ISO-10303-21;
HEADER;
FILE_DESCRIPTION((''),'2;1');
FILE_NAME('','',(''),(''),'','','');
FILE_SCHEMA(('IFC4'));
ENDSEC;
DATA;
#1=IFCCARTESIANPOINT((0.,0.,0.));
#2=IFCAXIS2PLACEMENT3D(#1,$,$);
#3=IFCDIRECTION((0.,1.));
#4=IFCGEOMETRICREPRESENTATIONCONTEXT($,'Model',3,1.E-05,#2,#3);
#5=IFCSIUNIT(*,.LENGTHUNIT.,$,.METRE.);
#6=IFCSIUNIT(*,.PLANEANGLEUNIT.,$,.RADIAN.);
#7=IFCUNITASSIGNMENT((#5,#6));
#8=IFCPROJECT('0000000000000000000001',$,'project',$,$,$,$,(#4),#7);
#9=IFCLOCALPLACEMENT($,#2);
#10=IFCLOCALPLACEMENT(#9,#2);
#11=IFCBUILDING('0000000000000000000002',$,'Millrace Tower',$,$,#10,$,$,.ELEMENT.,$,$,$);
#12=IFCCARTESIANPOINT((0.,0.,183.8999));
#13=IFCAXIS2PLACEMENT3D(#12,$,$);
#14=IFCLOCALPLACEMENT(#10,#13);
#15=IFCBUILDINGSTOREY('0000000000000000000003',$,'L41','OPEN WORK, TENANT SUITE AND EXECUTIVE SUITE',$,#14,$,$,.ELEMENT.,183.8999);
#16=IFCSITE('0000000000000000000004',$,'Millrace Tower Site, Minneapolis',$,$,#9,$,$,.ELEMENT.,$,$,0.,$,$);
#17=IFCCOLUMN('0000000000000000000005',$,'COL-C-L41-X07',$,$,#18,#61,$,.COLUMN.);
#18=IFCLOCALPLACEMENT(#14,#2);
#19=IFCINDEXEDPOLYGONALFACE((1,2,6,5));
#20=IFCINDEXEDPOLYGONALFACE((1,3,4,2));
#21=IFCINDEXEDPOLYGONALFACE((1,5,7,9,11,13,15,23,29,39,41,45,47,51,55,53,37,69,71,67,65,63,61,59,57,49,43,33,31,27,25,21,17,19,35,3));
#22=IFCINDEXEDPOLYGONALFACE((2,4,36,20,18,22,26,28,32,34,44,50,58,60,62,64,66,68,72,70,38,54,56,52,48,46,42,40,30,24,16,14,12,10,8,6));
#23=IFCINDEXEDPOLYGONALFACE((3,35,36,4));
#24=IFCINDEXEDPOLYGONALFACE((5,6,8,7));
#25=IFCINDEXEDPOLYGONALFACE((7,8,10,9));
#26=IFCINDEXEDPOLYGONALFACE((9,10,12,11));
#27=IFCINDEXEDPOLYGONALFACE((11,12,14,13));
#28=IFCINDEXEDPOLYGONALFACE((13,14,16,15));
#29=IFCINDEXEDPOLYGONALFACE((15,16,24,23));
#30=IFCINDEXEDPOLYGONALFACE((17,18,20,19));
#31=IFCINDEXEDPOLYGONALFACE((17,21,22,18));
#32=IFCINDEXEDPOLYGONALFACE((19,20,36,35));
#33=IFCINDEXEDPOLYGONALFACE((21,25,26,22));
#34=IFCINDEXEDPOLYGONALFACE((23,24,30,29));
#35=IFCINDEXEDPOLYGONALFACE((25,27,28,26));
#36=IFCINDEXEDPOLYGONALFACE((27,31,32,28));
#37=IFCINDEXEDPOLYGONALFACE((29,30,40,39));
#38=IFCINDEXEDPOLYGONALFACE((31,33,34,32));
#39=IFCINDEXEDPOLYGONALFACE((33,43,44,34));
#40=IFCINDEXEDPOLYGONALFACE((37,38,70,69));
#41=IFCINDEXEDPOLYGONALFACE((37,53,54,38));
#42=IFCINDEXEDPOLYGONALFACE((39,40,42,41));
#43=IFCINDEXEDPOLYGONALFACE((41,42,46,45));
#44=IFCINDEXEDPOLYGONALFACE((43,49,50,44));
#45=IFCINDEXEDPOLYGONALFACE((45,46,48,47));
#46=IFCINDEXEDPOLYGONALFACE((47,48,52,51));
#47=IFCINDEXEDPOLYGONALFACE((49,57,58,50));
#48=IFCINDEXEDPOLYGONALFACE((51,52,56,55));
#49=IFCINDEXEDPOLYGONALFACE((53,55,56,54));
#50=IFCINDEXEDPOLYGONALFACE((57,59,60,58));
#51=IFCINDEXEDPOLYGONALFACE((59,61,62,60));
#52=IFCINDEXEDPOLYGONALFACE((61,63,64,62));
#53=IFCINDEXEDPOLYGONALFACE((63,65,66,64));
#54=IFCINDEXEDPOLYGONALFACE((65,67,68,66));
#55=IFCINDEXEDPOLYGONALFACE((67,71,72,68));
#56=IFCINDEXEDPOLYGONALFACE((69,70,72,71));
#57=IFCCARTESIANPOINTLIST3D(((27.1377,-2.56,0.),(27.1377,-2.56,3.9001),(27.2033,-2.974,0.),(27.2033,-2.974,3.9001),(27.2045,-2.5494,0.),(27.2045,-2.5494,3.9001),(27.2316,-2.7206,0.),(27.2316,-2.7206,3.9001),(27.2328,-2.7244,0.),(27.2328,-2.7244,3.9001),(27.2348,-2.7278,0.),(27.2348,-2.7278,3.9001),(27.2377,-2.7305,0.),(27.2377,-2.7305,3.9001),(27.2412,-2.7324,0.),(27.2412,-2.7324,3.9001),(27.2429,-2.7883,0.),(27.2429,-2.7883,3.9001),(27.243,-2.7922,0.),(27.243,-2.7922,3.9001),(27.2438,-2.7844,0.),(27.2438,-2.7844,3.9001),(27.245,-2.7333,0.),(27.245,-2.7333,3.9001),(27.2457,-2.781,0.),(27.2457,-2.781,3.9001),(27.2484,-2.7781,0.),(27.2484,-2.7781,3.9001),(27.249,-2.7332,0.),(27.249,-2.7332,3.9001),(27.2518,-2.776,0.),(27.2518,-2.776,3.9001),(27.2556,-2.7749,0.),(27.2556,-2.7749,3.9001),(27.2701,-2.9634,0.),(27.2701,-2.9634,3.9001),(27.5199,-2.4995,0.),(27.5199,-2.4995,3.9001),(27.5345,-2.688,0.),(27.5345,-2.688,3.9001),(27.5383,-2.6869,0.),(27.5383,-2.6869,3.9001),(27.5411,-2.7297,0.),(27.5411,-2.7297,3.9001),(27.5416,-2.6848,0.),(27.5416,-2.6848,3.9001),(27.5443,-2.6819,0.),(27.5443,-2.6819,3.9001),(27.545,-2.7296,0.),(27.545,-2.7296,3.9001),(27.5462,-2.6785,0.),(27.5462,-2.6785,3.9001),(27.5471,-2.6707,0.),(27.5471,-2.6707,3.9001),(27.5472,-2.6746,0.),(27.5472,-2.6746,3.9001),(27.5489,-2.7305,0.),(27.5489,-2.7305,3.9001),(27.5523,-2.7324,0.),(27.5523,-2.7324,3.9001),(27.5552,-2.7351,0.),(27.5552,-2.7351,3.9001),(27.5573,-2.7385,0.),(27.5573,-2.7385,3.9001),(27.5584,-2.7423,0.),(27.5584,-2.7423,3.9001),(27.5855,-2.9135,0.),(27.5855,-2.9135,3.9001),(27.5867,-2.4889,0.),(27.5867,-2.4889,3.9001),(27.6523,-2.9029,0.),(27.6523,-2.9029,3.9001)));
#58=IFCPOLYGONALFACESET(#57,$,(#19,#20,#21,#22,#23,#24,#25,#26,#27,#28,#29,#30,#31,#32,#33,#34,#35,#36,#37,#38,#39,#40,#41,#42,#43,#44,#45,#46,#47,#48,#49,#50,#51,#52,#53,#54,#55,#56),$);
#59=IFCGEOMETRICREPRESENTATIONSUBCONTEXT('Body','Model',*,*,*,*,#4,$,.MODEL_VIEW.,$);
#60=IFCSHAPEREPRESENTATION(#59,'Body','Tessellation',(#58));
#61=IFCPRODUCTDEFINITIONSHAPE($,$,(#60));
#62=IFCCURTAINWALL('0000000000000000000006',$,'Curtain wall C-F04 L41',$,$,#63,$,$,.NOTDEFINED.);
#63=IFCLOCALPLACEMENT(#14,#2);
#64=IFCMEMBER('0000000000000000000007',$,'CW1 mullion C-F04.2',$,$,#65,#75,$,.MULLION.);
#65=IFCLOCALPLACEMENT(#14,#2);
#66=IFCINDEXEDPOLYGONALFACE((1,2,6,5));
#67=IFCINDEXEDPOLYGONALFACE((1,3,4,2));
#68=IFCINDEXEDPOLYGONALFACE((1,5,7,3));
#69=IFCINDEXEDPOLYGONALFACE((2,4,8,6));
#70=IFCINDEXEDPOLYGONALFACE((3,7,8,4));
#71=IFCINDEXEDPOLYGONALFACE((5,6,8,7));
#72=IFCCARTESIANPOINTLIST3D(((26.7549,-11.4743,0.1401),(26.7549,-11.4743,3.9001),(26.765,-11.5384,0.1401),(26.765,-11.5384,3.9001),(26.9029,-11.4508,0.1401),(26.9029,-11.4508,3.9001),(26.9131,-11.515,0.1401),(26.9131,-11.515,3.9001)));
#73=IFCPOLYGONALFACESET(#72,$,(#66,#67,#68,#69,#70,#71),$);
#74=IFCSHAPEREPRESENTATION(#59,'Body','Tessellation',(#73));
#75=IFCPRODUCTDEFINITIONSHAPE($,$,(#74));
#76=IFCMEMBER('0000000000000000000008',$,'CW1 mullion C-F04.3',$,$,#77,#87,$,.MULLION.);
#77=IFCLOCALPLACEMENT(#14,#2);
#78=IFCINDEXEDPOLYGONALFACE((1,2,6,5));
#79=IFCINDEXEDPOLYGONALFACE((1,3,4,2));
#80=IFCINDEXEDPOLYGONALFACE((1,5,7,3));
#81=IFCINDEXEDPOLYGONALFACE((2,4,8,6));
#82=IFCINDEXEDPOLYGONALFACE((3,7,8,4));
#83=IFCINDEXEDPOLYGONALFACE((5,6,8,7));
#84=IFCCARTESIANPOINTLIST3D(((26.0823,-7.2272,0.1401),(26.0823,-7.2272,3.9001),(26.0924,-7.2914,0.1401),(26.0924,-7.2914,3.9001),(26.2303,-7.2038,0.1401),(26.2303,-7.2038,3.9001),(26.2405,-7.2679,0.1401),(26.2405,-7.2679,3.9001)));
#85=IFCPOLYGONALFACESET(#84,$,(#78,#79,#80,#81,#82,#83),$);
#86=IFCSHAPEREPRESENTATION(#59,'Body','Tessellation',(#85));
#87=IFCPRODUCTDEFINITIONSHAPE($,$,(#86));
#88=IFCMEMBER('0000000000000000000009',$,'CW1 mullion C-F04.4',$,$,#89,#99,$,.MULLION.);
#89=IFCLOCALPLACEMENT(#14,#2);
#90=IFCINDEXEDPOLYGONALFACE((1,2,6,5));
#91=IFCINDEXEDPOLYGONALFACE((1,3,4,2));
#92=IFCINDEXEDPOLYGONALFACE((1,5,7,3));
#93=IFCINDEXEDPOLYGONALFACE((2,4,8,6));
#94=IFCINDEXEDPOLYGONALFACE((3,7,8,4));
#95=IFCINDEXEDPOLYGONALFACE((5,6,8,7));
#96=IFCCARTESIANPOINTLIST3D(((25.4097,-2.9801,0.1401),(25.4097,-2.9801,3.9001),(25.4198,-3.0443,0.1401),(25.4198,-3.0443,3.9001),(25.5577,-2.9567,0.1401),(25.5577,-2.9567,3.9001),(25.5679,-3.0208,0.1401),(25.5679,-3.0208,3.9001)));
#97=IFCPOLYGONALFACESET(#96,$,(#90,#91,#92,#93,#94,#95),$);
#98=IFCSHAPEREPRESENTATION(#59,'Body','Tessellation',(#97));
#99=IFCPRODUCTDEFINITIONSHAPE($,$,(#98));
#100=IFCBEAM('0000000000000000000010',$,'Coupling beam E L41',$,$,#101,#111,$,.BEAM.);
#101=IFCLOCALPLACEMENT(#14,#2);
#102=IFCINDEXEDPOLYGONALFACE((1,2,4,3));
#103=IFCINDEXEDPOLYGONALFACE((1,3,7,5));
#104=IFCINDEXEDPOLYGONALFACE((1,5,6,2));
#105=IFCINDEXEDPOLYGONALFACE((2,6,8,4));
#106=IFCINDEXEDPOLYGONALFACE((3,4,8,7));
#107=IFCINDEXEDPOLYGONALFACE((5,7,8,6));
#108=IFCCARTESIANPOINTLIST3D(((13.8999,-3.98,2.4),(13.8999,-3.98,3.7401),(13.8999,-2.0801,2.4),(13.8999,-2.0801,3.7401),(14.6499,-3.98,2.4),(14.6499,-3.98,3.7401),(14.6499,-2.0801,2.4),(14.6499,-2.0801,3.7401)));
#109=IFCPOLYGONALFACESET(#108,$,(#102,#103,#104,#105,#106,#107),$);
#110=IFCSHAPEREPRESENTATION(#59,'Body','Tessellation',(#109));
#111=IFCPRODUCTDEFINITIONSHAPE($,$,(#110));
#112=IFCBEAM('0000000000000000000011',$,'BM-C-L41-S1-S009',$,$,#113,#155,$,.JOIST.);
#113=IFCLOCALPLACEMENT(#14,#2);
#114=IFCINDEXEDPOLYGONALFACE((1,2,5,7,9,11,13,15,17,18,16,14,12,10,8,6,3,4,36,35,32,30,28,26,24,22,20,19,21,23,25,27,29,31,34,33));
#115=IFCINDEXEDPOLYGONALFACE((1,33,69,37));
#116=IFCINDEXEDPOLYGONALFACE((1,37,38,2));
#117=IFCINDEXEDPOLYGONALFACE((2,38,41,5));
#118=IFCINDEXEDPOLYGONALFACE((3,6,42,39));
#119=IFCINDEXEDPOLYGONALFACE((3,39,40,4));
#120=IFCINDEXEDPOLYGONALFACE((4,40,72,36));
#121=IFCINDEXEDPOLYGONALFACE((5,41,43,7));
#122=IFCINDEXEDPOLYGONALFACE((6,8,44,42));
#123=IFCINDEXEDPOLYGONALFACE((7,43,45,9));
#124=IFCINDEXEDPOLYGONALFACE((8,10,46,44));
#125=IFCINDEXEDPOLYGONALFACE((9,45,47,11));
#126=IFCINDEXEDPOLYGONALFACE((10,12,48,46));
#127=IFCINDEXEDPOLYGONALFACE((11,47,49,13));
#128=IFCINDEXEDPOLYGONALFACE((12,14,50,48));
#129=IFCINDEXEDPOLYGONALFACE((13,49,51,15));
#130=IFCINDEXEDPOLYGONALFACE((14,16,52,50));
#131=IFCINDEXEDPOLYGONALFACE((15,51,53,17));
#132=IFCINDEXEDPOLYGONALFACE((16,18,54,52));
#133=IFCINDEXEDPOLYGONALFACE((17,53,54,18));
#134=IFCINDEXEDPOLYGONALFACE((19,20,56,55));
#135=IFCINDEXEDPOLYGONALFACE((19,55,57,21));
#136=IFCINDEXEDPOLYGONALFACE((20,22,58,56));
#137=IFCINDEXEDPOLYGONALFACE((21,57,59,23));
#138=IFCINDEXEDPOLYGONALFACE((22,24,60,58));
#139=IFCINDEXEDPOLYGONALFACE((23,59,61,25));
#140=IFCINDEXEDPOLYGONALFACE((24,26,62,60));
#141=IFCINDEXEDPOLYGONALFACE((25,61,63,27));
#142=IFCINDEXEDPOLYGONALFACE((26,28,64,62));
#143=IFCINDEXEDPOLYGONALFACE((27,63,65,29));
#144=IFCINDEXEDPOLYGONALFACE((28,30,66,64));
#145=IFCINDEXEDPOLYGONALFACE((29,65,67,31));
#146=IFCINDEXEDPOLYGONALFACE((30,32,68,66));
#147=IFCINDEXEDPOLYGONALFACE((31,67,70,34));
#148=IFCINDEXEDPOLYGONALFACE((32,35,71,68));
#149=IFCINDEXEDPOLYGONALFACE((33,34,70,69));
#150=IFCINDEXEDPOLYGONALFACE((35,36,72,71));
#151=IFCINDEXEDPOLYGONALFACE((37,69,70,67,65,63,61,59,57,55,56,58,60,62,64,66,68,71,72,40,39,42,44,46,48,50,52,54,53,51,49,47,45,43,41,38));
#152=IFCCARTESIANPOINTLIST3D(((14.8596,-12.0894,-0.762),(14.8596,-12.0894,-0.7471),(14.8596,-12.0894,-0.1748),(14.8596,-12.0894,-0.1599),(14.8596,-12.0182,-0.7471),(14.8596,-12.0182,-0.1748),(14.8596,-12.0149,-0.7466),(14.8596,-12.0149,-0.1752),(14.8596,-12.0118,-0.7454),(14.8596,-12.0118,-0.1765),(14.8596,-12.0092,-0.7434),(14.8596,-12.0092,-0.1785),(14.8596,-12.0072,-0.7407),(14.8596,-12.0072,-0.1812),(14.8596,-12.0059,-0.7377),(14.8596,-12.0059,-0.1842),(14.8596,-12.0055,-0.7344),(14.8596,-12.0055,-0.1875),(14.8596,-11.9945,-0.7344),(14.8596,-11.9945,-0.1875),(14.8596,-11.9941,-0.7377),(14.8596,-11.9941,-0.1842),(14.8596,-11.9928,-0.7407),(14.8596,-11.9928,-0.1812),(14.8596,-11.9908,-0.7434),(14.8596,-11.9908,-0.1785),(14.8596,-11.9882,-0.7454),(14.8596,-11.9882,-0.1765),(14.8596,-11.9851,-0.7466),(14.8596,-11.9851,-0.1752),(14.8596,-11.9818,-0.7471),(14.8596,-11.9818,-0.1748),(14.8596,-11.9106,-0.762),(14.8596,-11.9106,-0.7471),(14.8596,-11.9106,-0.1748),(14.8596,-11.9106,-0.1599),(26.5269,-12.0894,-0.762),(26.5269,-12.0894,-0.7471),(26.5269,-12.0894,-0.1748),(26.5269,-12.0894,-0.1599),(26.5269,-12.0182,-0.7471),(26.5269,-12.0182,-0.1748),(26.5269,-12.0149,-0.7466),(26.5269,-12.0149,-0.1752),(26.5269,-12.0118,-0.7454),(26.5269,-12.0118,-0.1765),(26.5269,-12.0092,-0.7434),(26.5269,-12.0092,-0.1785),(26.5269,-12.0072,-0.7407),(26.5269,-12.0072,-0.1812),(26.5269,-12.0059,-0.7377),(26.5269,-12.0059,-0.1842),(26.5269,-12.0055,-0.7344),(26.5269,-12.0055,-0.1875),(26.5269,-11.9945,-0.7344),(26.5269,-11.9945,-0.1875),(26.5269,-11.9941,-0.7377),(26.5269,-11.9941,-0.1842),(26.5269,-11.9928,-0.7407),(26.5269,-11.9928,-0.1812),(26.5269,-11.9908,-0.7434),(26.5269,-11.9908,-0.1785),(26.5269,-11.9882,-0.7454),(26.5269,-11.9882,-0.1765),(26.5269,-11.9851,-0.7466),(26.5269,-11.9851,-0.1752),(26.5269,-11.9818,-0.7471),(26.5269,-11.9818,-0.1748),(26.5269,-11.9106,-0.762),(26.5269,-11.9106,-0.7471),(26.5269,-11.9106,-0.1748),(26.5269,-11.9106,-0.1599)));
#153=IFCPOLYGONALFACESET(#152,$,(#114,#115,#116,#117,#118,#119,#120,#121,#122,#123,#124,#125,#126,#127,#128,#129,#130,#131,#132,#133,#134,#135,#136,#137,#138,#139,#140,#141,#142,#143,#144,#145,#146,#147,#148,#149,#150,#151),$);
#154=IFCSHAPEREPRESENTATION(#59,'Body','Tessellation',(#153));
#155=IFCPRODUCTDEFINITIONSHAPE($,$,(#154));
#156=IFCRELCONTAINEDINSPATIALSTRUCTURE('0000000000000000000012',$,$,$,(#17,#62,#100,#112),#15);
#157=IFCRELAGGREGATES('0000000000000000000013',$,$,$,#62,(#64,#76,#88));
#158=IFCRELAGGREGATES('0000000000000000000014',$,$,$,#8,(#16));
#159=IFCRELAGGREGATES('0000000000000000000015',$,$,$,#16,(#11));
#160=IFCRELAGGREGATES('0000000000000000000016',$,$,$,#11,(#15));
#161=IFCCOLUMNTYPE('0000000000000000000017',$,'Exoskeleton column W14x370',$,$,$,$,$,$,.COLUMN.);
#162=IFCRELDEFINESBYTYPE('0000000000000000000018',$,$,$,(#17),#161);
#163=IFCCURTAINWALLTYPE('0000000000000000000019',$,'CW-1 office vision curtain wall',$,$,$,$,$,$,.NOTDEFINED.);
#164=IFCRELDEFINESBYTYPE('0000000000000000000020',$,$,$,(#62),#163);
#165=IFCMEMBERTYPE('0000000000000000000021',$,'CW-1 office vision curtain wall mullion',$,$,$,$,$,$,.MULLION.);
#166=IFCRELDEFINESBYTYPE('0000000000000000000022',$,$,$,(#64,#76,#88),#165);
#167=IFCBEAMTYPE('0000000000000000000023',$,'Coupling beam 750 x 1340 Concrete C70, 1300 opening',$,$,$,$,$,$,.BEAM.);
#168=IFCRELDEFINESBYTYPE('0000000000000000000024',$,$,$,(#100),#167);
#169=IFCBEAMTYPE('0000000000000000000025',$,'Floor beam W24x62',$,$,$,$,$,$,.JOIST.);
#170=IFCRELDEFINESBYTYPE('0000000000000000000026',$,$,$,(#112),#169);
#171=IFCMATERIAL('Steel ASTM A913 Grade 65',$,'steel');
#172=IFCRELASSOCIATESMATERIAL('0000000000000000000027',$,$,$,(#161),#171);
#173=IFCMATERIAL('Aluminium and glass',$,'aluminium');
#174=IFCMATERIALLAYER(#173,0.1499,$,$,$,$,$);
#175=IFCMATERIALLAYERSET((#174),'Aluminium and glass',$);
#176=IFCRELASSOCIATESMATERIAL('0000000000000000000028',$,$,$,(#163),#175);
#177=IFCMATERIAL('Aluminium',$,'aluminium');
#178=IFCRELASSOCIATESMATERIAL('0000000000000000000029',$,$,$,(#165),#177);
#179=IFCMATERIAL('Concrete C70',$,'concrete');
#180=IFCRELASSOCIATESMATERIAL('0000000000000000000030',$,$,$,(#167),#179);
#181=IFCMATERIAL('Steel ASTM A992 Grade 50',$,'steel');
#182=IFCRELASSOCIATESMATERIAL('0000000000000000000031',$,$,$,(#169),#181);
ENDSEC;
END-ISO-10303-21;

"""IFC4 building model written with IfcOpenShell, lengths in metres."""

from ifc_helpers import new_model, si_unit, direction, frame, origin, origin_2d, place, context, subcontext, project, spatial, rectangle, i_section, extrude, material, layer, layer_set, material_profile, profile_set, type_object, element, aggregate, save


model = new_model("IFC4")

# Units and contexts
model_context = context("Model", 3, precision=1e-05, world=origin(), true_north=direction((0.0, 1.0)))
body_context = subcontext(model_context, "Body", "Model", "MODEL_VIEW")
ifc_project = project(units=[si_unit("LENGTHUNIT", "METRE"), si_unit("PLANEANGLEUNIT", "RADIAN")], contexts=[model_context])

# Site, building, storey
site_placement = place(None, origin())
site = spatial("IfcSite", under=ifc_project, at=site_placement, Name="Millrace Tower Site, Minneapolis", CompositionType="ELEMENT", RefElevation=0.0)
building_placement = place(site_placement, origin())
building = spatial("IfcBuilding", under=site, at=building_placement, Name="Millrace Tower", CompositionType="ELEMENT")
storey_placement = place(building_placement, frame((0.0, 0.0, 183.8999)))
storey = spatial("IfcBuildingStorey", under=building, at=storey_placement, Name="L41", Description="OPEN WORK, TENANT SUITE AND EXECUTIVE SUITE", CompositionType="ELEMENT", Elevation=183.8999)

# Column
ifc_material_1 = material(Name="Steel ASTM A913 Grade 65", Category="steel")
ifc_material_profile_1 = material_profile(ifc_material_1, i_section(OverallWidth=0.4192, OverallDepth=0.4546, WebThickness=0.0422, FlangeThickness=0.0676, FilletRadius=0.0151, at=origin_2d()))
ifc_profile_set_1 = profile_set([ifc_material_profile_1], Name="Steel ASTM A913 Grade 65")
column_type = type_object("IfcColumnType", Name="Exoskeleton column W14x370", PredefinedType="COLUMN", material=ifc_profile_set_1)
column_placement = place(storey_placement, frame((27.395, -2.7314, 0.0), z_axis=(0.0, 0.0, 1.0), x_axis=(-0.156434, 0.987688, 0.0)))
element("IfcColumn", 1, at=column_placement, inside=storey, type_object=column_type, Name="COL-C-L41-X07", PredefinedType="COLUMN", context=body_context, shape_type="SweptSolid", body=[
    extrude(i_section(OverallWidth=0.4192, OverallDepth=0.4546, WebThickness=0.0422, FlangeThickness=0.0676, FilletRadius=0.0151, at=origin_2d()), origin(), (0.0, 0.0, 1.0), 3.9001),
])

# Curtain wall, members
ifc_material_2 = material(Name="Aluminium and glass", Category="aluminium")
ifc_layer_1 = layer(ifc_material_2, 0.1499)
ifc_layer_set_1 = layer_set([ifc_layer_1], Name="Aluminium and glass")
curtain_wall_type = type_object("IfcCurtainWallType", Name="CW-1 office vision curtain wall", PredefinedType="NOTDEFINED", material=ifc_layer_set_1)
placement = place(storey_placement, origin())
curtain_wall = element("IfcCurtainWall", 2, at=placement, inside=storey, type_object=curtain_wall_type, Name="Curtain wall C-F04 L41", PredefinedType="NOTDEFINED")
ifc_material_3 = material(Name="Aluminium", Category="aluminium")
ifc_material_profile_2 = material_profile(ifc_material_3, rectangle(XDim=0.0649, YDim=0.1499, at=origin_2d()))
ifc_profile_set_2 = profile_set([ifc_material_profile_2], Name="Aluminium")
member_type = type_object("IfcMemberType", Name="CW-1 office vision curtain wall mullion", PredefinedType="MULLION", material=ifc_profile_set_2)
member_1_placement = place(storey_placement, frame((26.834, -11.4946, 0.1401), z_axis=(0.0, 0.0, 1.0), x_axis=(-0.156434, 0.987688, 0.0)))
member_1 = element("IfcMember", 3, at=member_1_placement, type_object=member_type, Name="CW1 mullion C-F04.2", PredefinedType="MULLION", context=body_context, shape_type="SweptSolid", body=[
    extrude(rectangle(XDim=0.0649, YDim=0.1499, at=origin_2d()), origin(), (0.0, 0.0, 1.0), 3.76),
])
member_2_placement = place(storey_placement, frame((26.1614, -7.2476, 0.1401), z_axis=(0.0, 0.0, 1.0), x_axis=(-0.156434, 0.987688, 0.0)))
member_2 = element("IfcMember", 4, at=member_2_placement, type_object=member_type, Name="CW1 mullion C-F04.3", PredefinedType="MULLION", context=body_context, shape_type="SweptSolid", body=[
    extrude(rectangle(XDim=0.0649, YDim=0.1499, at=origin_2d()), origin(), (0.0, 0.0, 1.0), 3.76),
])
member_3_placement = place(storey_placement, frame((25.4888, -3.0005, 0.1401), z_axis=(0.0, 0.0, 1.0), x_axis=(-0.156434, 0.987688, 0.0)))
member_3 = element("IfcMember", 5, at=member_3_placement, type_object=member_type, Name="CW1 mullion C-F04.4", PredefinedType="MULLION", context=body_context, shape_type="SweptSolid", body=[
    extrude(rectangle(XDim=0.0649, YDim=0.1499, at=origin_2d()), origin(), (0.0, 0.0, 1.0), 3.76),
])
aggregate(curtain_wall, [member_1, member_2, member_3])

# Beams
ifc_material_4 = material(Name="Concrete C70", Category="concrete")
ifc_material_profile_3 = material_profile(ifc_material_4, rectangle(XDim=0.75, YDim=1.3401, at=origin_2d()))
ifc_profile_set_3 = profile_set([ifc_material_profile_3], Name="Concrete C70")
beam_type_1 = type_object("IfcBeamType", Name="Coupling beam 750 x 1340 Concrete C70, 1300 opening", PredefinedType="BEAM", material=ifc_profile_set_3)
beam_1_placement = place(storey_placement, frame((14.2749, -2.0801, 3.0701), z_axis=(0.0, -1.0, 0.0), x_axis=(1.0, 0.0, 0.0)))
element("IfcBeam", 6, at=beam_1_placement, inside=storey, type_object=beam_type_1, Name="Coupling beam E L41", PredefinedType="BEAM", context=body_context, shape_type="SweptSolid", body=[
    extrude(rectangle(XDim=0.75, YDim=1.3401, at=origin_2d()), origin(), (0.0, 0.0, 1.0), 1.8999),
])
ifc_material_5 = material(Name="Steel ASTM A992 Grade 50", Category="steel")
ifc_material_profile_4 = material_profile(ifc_material_5, i_section(OverallWidth=0.1787, OverallDepth=0.6021, WebThickness=0.011, FlangeThickness=0.0149, FilletRadius=0.0127, at=origin_2d()))
ifc_profile_set_4 = profile_set([ifc_material_profile_4], Name="Steel ASTM A992 Grade 50")
beam_type_2 = type_object("IfcBeamType", Name="Floor beam W24x62", PredefinedType="JOIST", material=ifc_profile_set_4)
beam_2_placement = place(storey_placement, frame((14.8596, -12.0, -0.4609), z_axis=(1.0, 0.0, 0.0), x_axis=(0.0, 1.0, 0.0)))
element("IfcBeam", 7, at=beam_2_placement, inside=storey, type_object=beam_type_2, Name="BM-C-L41-S1-S009", PredefinedType="JOIST", context=body_context, shape_type="SweptSolid", body=[
    extrude(i_section(OverallWidth=0.1787, OverallDepth=0.6021, WebThickness=0.011, FlangeThickness=0.0149, FilletRadius=0.0127, at=origin_2d()), origin(), (0.0, 0.0, 1.0), 11.6672),
])

save(model, "model.ifc")
